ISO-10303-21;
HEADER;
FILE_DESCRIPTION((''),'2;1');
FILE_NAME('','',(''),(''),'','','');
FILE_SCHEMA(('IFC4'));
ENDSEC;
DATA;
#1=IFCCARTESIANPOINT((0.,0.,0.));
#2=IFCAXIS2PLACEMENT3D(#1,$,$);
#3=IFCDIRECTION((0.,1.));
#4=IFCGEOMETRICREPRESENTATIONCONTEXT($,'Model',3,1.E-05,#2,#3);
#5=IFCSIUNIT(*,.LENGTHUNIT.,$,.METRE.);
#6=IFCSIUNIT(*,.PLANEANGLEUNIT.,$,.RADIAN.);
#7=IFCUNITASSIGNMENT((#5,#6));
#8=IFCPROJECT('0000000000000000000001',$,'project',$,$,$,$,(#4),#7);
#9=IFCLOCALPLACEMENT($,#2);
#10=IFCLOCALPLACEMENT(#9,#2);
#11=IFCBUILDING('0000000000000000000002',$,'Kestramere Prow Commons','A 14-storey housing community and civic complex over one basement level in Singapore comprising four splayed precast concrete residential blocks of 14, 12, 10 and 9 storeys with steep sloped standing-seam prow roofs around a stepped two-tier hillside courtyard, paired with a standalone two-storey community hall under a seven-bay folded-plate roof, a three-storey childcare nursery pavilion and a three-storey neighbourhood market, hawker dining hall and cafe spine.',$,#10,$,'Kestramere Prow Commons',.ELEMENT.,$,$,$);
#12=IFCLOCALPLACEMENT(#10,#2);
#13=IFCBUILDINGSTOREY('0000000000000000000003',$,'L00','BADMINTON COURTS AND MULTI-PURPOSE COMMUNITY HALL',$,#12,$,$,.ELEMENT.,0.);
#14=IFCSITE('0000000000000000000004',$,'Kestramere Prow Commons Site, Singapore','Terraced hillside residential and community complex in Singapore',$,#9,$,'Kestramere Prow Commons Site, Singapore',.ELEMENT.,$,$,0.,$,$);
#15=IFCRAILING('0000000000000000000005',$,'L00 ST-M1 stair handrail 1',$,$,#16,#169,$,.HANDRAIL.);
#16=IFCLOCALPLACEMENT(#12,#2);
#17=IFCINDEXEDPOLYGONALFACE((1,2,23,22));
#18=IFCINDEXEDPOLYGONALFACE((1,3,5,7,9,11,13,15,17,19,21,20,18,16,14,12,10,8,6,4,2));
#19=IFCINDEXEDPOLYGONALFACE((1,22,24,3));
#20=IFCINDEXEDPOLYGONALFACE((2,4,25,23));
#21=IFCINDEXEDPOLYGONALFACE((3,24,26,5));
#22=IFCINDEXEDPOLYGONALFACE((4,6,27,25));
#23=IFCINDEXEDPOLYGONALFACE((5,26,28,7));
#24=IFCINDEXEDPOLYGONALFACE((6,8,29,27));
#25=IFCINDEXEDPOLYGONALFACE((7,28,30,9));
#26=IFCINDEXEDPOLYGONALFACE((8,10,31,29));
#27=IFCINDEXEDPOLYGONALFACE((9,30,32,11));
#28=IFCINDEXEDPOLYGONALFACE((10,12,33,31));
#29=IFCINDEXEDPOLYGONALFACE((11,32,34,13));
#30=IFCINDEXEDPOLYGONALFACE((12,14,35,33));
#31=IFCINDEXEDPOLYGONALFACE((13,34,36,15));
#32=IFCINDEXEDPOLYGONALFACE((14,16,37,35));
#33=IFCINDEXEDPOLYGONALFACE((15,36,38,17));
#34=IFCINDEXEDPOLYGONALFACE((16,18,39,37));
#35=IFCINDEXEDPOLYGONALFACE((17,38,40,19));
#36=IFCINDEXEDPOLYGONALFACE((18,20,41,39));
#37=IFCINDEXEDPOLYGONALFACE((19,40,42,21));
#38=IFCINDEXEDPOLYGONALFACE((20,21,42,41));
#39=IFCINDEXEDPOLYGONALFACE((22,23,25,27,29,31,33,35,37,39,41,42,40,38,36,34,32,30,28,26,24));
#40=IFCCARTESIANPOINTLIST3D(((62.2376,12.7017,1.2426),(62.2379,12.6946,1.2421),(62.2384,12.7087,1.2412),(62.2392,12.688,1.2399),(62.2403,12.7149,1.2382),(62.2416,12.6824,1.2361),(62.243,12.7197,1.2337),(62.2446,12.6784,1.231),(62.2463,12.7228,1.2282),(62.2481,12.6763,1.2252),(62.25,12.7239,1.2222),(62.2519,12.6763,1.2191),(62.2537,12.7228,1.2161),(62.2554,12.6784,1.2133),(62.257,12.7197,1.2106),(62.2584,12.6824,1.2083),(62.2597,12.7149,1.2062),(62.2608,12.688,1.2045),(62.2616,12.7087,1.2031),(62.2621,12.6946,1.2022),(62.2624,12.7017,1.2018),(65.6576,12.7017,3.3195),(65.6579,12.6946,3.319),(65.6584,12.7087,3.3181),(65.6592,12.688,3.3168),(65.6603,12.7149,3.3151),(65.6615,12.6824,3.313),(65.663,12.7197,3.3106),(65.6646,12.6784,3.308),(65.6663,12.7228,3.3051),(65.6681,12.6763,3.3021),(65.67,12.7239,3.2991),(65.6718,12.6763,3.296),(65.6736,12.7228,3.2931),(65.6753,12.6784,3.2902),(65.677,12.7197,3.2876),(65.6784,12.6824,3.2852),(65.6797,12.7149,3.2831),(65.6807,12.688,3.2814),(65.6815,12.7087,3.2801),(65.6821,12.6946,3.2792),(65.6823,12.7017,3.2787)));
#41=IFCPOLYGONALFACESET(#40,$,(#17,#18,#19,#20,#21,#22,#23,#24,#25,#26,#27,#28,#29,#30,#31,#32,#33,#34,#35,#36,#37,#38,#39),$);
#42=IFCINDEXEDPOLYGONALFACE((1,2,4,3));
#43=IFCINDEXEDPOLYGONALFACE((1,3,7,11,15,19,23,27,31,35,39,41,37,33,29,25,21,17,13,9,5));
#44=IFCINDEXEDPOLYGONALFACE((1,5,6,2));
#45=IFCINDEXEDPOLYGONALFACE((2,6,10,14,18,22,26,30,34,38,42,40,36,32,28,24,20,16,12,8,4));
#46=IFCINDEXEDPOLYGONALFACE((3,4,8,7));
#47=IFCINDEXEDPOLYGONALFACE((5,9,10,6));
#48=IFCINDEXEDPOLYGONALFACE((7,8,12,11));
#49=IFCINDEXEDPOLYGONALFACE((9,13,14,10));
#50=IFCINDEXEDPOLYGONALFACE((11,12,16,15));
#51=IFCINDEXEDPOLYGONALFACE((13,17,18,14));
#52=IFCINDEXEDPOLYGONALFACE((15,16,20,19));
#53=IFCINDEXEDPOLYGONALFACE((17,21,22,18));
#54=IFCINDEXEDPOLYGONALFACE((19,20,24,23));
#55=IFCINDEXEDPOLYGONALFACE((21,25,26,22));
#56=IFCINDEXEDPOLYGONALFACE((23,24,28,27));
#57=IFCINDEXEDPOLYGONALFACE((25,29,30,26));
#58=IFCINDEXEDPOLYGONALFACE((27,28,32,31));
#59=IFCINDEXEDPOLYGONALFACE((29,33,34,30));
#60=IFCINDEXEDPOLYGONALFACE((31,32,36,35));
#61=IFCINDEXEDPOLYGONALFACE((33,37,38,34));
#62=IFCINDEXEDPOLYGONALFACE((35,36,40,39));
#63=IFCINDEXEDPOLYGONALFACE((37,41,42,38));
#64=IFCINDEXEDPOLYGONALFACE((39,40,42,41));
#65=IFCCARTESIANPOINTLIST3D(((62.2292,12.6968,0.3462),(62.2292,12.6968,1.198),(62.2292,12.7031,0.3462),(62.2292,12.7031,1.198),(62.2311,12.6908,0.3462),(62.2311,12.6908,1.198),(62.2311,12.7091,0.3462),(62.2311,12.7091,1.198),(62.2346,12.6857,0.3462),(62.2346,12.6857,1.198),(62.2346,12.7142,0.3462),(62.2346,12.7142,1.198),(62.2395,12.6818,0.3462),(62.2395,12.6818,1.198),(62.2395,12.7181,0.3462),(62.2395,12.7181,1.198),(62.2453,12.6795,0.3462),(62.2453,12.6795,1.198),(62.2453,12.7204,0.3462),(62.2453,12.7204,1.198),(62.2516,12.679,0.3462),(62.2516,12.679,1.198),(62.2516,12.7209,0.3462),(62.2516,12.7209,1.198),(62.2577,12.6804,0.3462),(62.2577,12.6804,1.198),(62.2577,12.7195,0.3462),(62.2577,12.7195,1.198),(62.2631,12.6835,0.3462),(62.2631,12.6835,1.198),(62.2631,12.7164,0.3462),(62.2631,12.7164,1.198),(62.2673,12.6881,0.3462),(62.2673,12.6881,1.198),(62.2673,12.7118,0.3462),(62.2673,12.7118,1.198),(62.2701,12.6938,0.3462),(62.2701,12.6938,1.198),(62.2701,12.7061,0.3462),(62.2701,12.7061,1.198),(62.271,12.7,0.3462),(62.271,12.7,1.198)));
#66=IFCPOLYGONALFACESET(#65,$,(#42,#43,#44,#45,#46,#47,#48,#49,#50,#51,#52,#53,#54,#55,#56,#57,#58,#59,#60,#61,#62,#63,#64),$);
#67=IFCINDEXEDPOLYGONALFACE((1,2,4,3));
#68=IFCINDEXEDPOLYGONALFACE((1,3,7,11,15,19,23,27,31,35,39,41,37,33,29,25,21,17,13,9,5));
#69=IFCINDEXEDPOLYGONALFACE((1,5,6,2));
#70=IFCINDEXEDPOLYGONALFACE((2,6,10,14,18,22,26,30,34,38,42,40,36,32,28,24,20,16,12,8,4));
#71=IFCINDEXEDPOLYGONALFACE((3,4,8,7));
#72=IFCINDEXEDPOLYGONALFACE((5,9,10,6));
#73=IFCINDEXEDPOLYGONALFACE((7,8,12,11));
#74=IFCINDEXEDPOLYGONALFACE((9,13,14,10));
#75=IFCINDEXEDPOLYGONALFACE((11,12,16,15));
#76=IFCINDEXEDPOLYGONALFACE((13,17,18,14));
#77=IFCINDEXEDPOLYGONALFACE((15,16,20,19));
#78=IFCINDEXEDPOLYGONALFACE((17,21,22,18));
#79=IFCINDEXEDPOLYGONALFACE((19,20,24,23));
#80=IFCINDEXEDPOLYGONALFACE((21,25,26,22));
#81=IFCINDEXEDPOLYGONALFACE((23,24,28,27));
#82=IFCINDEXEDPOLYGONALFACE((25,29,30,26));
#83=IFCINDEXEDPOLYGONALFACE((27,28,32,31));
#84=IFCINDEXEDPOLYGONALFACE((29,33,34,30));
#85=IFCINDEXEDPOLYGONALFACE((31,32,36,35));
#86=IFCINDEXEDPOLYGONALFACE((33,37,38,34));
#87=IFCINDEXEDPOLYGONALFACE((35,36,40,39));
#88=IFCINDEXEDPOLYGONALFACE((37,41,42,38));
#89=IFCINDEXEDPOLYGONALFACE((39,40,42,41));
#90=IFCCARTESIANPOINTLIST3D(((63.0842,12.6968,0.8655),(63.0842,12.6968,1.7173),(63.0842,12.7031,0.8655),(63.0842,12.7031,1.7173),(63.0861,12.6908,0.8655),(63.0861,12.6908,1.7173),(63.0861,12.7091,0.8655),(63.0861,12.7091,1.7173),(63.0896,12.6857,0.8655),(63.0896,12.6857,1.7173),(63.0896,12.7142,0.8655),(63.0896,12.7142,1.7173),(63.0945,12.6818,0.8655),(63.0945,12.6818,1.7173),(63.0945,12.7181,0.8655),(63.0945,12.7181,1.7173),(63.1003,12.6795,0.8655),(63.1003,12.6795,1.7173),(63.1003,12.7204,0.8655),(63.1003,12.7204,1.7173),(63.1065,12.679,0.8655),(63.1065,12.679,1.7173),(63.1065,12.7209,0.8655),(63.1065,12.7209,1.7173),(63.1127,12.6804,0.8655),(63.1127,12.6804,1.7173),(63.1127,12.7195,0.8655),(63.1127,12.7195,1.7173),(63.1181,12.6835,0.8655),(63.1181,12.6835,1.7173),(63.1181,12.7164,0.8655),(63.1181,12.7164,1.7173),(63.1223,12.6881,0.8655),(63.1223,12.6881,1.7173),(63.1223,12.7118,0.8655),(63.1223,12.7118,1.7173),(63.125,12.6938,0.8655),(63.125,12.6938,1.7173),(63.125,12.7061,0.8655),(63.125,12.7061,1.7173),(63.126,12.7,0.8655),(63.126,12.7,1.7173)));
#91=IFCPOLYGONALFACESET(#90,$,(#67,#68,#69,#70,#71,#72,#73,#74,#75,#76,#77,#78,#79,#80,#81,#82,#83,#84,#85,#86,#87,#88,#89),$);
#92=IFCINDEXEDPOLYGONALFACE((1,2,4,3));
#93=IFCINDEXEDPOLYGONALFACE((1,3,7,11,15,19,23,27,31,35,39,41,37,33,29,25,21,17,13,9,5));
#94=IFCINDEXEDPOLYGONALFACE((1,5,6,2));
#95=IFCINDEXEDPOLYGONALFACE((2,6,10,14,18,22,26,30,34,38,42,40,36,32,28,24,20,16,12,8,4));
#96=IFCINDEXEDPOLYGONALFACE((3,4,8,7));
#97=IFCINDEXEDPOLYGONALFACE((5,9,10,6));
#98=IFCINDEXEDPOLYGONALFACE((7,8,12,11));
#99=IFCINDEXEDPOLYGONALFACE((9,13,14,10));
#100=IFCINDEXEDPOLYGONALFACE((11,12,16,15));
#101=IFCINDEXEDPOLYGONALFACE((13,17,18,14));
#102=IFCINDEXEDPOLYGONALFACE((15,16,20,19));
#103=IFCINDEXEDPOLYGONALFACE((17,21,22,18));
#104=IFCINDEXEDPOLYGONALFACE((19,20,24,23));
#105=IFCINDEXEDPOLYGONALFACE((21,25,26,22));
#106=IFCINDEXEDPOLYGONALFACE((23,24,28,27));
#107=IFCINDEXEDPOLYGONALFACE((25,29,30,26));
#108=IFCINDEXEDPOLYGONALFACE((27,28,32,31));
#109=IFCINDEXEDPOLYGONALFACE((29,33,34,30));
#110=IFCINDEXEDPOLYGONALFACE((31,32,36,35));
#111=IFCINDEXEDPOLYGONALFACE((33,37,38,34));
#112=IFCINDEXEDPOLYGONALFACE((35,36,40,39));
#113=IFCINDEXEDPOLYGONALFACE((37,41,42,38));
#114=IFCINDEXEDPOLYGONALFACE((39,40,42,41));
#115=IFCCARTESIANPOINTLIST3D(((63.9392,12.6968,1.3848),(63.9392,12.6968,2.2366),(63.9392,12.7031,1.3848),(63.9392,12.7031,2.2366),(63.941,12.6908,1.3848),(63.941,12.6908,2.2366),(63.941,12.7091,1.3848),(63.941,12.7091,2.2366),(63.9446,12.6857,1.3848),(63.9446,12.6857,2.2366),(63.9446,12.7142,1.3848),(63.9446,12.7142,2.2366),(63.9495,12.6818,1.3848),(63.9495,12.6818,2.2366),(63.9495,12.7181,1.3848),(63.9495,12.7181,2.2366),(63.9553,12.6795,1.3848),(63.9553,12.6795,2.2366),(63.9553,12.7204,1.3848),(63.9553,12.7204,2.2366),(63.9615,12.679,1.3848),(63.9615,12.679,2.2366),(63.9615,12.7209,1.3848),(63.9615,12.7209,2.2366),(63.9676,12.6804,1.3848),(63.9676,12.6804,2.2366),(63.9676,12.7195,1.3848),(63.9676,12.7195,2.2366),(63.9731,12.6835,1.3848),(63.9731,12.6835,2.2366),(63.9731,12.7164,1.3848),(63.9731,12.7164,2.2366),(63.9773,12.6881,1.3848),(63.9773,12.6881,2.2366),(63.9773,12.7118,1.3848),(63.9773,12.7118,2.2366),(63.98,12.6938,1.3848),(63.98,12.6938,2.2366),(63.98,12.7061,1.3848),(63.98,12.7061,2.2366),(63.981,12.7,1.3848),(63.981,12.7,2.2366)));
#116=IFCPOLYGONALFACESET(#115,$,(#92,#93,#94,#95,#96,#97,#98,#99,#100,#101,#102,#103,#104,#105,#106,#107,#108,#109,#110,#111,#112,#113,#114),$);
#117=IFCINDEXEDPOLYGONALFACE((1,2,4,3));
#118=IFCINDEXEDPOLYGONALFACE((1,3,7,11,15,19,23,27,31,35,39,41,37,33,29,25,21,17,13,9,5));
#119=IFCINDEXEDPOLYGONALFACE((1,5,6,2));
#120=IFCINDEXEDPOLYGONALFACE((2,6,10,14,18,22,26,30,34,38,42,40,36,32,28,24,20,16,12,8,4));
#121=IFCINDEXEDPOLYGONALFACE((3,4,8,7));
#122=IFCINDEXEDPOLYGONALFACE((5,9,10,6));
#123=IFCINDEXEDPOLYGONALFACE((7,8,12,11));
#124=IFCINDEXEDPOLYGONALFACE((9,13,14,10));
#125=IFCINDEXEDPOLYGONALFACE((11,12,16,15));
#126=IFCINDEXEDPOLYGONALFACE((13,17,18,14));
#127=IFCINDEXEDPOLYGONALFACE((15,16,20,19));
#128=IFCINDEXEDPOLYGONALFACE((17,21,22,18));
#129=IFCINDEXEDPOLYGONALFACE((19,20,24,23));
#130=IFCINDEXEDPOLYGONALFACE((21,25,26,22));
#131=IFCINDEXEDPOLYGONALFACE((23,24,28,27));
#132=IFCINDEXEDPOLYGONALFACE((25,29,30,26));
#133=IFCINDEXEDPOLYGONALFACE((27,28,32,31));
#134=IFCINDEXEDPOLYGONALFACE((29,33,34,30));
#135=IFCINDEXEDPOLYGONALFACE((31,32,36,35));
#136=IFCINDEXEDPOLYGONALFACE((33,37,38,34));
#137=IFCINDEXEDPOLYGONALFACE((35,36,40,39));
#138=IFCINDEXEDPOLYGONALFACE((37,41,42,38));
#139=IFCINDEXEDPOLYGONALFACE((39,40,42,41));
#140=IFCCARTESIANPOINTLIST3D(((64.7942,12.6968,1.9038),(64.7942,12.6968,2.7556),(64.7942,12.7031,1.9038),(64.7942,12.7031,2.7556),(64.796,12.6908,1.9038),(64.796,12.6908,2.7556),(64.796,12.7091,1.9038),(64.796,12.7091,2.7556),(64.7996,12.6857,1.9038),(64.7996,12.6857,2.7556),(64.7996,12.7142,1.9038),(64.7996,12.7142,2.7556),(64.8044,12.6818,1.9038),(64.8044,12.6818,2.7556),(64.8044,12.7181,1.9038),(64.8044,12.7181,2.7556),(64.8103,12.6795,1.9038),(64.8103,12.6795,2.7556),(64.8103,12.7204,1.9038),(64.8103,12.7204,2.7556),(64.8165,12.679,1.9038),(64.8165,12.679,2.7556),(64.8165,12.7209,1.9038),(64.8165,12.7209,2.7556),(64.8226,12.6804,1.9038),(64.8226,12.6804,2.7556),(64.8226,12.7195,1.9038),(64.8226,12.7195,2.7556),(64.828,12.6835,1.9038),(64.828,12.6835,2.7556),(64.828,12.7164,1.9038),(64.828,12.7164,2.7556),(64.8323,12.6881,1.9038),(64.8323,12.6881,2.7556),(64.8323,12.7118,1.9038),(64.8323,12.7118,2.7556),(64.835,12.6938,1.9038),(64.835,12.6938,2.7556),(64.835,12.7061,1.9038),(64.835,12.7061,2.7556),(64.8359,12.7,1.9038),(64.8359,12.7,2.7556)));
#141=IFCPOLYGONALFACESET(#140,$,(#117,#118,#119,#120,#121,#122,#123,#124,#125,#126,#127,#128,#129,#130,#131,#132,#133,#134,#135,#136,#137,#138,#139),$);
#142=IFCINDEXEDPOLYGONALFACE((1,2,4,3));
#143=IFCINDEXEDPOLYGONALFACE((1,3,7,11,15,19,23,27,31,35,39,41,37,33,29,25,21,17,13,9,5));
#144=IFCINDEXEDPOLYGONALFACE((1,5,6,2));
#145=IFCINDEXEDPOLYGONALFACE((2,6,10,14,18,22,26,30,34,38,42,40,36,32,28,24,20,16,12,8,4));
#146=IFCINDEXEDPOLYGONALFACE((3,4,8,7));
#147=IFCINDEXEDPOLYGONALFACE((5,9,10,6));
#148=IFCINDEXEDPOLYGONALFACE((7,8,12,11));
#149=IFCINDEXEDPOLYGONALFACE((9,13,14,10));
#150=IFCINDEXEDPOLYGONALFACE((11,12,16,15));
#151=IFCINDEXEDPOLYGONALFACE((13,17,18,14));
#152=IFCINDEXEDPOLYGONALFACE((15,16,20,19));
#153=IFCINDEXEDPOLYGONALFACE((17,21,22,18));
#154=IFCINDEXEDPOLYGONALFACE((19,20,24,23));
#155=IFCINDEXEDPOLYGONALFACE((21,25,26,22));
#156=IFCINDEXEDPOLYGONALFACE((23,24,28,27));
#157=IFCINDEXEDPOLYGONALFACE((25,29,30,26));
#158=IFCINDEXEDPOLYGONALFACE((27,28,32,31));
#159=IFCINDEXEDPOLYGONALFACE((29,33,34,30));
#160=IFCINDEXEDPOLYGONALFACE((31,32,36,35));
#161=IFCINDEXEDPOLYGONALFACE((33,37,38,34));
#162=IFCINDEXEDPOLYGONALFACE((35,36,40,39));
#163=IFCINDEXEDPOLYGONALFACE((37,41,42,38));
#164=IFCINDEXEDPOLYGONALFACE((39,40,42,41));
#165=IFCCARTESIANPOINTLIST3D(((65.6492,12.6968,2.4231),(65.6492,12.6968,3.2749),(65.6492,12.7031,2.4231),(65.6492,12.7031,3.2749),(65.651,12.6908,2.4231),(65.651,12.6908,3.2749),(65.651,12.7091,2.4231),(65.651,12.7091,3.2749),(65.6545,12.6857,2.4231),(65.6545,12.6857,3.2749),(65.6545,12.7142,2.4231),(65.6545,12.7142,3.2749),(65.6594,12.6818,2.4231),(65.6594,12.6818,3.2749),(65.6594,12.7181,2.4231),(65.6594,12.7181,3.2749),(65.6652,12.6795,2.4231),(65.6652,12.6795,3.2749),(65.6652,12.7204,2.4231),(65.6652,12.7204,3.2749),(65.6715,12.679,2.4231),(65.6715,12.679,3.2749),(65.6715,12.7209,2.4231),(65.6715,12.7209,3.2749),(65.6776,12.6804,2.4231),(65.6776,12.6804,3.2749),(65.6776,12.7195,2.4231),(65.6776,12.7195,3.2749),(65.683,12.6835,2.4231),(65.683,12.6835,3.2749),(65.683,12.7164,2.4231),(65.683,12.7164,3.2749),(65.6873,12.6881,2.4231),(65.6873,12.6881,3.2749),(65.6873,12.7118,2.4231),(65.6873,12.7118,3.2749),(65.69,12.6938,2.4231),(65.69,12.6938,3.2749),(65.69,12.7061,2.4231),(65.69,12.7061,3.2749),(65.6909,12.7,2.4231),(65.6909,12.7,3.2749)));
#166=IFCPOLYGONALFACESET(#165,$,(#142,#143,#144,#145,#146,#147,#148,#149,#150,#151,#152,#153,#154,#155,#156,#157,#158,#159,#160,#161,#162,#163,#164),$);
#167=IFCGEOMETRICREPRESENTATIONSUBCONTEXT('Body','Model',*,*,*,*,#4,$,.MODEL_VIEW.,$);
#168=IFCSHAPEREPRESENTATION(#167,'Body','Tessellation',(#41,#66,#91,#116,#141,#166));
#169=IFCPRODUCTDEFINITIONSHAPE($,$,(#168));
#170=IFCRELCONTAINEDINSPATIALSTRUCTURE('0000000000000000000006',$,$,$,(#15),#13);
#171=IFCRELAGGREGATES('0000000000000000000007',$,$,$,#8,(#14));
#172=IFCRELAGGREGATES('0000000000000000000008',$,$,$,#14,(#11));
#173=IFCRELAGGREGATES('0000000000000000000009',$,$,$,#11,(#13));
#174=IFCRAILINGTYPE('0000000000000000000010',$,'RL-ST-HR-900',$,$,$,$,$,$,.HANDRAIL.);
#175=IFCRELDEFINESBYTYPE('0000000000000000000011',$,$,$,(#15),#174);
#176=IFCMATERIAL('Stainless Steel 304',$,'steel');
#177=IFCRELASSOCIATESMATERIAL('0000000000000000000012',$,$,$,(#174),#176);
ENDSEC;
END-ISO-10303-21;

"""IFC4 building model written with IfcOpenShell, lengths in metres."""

from ifc_helpers import new_model, si_unit, direction, frame, origin, origin_2d, place, context, subcontext, project, spatial, circle, extrude, material, type_object, element, save


model = new_model("IFC4")

# Units and contexts
model_context = context("Model", 3, precision=1e-05, world=origin(), true_north=direction((0.0, 1.0)))
body_context = subcontext(model_context, "Body", "Model", "MODEL_VIEW")
ifc_project = project(units=[si_unit("LENGTHUNIT", "METRE"), si_unit("PLANEANGLEUNIT", "RADIAN")], contexts=[model_context])

# Site, building, storey
site_placement = place(None, origin())
site = spatial("IfcSite", under=ifc_project, at=site_placement, Name="Kestramere Prow Commons Site, Singapore", Description="Terraced hillside residential and community complex in Singapore", LongName="Kestramere Prow Commons Site, Singapore", CompositionType="ELEMENT", RefElevation=0.0)
building_placement = place(site_placement, origin())
building = spatial("IfcBuilding", under=site, at=building_placement, Name="Kestramere Prow Commons", Description="A 14-storey housing community and civic complex over one basement level in Singapore comprising four splayed precast concrete residential blocks of 14, 12, 10 and 9 storeys with steep sloped standing-seam prow roofs around a stepped two-tier hillside courtyard, paired with a standalone two-storey community hall under a seven-bay folded-plate roof, a three-storey childcare nursery pavilion and a three-storey neighbourhood market, hawker dining hall and cafe spine.", LongName="Kestramere Prow Commons", CompositionType="ELEMENT")
storey_placement = place(building_placement, origin())
storey = spatial("IfcBuildingStorey", under=building, at=storey_placement, Name="L00", Description="BADMINTON COURTS AND MULTI-PURPOSE COMMUNITY HALL", CompositionType="ELEMENT", Elevation=0.0)

# Railing
ifc_material_1 = material(Name="Stainless Steel 304", Category="steel")
railing_type_1 = type_object("IfcRailingType", Name="RL-ST-HR-900", PredefinedType="HANDRAIL", material=ifc_material_1)
railing_1_placement = place(storey_placement, frame((62.25, 12.7, 0.3462)))
element("IfcRailing", 1, at=railing_1_placement, inside=storey, type_object=railing_type_1, Name="L00 ST-M1 stair handrail 1", PredefinedType="HANDRAIL", context=body_context, shape_type="SweptSolid", body=[
    extrude(circle(Radius=0.0239, at=origin_2d()), frame((0.0, 0.0, 0.876), z_axis=(0.85473, 0.0, 0.519074), x_axis=(0.0, 1.0, 0.0)), (0.0, 0.0, 1.0), 4.0012),
    extrude(circle(Radius=0.021, at=origin_2d()), origin(), (0.0, 0.0, 1.0), 0.8518),
    extrude(circle(Radius=0.021, at=origin_2d()), frame((0.855, 0.0, 0.5193)), (0.0, 0.0, 1.0), 0.8518),
    extrude(circle(Radius=0.021, at=origin_2d()), frame((1.71, 0.0, 1.0386)), (0.0, 0.0, 1.0), 0.8518),
    extrude(circle(Radius=0.021, at=origin_2d()), frame((2.5649, 0.0, 1.5576)), (0.0, 0.0, 1.0), 0.8518),
    extrude(circle(Radius=0.021, at=origin_2d()), frame((3.4199, 0.0, 2.0769)), (0.0, 0.0, 1.0), 0.8518),
])

save(model, "model.ifc")
